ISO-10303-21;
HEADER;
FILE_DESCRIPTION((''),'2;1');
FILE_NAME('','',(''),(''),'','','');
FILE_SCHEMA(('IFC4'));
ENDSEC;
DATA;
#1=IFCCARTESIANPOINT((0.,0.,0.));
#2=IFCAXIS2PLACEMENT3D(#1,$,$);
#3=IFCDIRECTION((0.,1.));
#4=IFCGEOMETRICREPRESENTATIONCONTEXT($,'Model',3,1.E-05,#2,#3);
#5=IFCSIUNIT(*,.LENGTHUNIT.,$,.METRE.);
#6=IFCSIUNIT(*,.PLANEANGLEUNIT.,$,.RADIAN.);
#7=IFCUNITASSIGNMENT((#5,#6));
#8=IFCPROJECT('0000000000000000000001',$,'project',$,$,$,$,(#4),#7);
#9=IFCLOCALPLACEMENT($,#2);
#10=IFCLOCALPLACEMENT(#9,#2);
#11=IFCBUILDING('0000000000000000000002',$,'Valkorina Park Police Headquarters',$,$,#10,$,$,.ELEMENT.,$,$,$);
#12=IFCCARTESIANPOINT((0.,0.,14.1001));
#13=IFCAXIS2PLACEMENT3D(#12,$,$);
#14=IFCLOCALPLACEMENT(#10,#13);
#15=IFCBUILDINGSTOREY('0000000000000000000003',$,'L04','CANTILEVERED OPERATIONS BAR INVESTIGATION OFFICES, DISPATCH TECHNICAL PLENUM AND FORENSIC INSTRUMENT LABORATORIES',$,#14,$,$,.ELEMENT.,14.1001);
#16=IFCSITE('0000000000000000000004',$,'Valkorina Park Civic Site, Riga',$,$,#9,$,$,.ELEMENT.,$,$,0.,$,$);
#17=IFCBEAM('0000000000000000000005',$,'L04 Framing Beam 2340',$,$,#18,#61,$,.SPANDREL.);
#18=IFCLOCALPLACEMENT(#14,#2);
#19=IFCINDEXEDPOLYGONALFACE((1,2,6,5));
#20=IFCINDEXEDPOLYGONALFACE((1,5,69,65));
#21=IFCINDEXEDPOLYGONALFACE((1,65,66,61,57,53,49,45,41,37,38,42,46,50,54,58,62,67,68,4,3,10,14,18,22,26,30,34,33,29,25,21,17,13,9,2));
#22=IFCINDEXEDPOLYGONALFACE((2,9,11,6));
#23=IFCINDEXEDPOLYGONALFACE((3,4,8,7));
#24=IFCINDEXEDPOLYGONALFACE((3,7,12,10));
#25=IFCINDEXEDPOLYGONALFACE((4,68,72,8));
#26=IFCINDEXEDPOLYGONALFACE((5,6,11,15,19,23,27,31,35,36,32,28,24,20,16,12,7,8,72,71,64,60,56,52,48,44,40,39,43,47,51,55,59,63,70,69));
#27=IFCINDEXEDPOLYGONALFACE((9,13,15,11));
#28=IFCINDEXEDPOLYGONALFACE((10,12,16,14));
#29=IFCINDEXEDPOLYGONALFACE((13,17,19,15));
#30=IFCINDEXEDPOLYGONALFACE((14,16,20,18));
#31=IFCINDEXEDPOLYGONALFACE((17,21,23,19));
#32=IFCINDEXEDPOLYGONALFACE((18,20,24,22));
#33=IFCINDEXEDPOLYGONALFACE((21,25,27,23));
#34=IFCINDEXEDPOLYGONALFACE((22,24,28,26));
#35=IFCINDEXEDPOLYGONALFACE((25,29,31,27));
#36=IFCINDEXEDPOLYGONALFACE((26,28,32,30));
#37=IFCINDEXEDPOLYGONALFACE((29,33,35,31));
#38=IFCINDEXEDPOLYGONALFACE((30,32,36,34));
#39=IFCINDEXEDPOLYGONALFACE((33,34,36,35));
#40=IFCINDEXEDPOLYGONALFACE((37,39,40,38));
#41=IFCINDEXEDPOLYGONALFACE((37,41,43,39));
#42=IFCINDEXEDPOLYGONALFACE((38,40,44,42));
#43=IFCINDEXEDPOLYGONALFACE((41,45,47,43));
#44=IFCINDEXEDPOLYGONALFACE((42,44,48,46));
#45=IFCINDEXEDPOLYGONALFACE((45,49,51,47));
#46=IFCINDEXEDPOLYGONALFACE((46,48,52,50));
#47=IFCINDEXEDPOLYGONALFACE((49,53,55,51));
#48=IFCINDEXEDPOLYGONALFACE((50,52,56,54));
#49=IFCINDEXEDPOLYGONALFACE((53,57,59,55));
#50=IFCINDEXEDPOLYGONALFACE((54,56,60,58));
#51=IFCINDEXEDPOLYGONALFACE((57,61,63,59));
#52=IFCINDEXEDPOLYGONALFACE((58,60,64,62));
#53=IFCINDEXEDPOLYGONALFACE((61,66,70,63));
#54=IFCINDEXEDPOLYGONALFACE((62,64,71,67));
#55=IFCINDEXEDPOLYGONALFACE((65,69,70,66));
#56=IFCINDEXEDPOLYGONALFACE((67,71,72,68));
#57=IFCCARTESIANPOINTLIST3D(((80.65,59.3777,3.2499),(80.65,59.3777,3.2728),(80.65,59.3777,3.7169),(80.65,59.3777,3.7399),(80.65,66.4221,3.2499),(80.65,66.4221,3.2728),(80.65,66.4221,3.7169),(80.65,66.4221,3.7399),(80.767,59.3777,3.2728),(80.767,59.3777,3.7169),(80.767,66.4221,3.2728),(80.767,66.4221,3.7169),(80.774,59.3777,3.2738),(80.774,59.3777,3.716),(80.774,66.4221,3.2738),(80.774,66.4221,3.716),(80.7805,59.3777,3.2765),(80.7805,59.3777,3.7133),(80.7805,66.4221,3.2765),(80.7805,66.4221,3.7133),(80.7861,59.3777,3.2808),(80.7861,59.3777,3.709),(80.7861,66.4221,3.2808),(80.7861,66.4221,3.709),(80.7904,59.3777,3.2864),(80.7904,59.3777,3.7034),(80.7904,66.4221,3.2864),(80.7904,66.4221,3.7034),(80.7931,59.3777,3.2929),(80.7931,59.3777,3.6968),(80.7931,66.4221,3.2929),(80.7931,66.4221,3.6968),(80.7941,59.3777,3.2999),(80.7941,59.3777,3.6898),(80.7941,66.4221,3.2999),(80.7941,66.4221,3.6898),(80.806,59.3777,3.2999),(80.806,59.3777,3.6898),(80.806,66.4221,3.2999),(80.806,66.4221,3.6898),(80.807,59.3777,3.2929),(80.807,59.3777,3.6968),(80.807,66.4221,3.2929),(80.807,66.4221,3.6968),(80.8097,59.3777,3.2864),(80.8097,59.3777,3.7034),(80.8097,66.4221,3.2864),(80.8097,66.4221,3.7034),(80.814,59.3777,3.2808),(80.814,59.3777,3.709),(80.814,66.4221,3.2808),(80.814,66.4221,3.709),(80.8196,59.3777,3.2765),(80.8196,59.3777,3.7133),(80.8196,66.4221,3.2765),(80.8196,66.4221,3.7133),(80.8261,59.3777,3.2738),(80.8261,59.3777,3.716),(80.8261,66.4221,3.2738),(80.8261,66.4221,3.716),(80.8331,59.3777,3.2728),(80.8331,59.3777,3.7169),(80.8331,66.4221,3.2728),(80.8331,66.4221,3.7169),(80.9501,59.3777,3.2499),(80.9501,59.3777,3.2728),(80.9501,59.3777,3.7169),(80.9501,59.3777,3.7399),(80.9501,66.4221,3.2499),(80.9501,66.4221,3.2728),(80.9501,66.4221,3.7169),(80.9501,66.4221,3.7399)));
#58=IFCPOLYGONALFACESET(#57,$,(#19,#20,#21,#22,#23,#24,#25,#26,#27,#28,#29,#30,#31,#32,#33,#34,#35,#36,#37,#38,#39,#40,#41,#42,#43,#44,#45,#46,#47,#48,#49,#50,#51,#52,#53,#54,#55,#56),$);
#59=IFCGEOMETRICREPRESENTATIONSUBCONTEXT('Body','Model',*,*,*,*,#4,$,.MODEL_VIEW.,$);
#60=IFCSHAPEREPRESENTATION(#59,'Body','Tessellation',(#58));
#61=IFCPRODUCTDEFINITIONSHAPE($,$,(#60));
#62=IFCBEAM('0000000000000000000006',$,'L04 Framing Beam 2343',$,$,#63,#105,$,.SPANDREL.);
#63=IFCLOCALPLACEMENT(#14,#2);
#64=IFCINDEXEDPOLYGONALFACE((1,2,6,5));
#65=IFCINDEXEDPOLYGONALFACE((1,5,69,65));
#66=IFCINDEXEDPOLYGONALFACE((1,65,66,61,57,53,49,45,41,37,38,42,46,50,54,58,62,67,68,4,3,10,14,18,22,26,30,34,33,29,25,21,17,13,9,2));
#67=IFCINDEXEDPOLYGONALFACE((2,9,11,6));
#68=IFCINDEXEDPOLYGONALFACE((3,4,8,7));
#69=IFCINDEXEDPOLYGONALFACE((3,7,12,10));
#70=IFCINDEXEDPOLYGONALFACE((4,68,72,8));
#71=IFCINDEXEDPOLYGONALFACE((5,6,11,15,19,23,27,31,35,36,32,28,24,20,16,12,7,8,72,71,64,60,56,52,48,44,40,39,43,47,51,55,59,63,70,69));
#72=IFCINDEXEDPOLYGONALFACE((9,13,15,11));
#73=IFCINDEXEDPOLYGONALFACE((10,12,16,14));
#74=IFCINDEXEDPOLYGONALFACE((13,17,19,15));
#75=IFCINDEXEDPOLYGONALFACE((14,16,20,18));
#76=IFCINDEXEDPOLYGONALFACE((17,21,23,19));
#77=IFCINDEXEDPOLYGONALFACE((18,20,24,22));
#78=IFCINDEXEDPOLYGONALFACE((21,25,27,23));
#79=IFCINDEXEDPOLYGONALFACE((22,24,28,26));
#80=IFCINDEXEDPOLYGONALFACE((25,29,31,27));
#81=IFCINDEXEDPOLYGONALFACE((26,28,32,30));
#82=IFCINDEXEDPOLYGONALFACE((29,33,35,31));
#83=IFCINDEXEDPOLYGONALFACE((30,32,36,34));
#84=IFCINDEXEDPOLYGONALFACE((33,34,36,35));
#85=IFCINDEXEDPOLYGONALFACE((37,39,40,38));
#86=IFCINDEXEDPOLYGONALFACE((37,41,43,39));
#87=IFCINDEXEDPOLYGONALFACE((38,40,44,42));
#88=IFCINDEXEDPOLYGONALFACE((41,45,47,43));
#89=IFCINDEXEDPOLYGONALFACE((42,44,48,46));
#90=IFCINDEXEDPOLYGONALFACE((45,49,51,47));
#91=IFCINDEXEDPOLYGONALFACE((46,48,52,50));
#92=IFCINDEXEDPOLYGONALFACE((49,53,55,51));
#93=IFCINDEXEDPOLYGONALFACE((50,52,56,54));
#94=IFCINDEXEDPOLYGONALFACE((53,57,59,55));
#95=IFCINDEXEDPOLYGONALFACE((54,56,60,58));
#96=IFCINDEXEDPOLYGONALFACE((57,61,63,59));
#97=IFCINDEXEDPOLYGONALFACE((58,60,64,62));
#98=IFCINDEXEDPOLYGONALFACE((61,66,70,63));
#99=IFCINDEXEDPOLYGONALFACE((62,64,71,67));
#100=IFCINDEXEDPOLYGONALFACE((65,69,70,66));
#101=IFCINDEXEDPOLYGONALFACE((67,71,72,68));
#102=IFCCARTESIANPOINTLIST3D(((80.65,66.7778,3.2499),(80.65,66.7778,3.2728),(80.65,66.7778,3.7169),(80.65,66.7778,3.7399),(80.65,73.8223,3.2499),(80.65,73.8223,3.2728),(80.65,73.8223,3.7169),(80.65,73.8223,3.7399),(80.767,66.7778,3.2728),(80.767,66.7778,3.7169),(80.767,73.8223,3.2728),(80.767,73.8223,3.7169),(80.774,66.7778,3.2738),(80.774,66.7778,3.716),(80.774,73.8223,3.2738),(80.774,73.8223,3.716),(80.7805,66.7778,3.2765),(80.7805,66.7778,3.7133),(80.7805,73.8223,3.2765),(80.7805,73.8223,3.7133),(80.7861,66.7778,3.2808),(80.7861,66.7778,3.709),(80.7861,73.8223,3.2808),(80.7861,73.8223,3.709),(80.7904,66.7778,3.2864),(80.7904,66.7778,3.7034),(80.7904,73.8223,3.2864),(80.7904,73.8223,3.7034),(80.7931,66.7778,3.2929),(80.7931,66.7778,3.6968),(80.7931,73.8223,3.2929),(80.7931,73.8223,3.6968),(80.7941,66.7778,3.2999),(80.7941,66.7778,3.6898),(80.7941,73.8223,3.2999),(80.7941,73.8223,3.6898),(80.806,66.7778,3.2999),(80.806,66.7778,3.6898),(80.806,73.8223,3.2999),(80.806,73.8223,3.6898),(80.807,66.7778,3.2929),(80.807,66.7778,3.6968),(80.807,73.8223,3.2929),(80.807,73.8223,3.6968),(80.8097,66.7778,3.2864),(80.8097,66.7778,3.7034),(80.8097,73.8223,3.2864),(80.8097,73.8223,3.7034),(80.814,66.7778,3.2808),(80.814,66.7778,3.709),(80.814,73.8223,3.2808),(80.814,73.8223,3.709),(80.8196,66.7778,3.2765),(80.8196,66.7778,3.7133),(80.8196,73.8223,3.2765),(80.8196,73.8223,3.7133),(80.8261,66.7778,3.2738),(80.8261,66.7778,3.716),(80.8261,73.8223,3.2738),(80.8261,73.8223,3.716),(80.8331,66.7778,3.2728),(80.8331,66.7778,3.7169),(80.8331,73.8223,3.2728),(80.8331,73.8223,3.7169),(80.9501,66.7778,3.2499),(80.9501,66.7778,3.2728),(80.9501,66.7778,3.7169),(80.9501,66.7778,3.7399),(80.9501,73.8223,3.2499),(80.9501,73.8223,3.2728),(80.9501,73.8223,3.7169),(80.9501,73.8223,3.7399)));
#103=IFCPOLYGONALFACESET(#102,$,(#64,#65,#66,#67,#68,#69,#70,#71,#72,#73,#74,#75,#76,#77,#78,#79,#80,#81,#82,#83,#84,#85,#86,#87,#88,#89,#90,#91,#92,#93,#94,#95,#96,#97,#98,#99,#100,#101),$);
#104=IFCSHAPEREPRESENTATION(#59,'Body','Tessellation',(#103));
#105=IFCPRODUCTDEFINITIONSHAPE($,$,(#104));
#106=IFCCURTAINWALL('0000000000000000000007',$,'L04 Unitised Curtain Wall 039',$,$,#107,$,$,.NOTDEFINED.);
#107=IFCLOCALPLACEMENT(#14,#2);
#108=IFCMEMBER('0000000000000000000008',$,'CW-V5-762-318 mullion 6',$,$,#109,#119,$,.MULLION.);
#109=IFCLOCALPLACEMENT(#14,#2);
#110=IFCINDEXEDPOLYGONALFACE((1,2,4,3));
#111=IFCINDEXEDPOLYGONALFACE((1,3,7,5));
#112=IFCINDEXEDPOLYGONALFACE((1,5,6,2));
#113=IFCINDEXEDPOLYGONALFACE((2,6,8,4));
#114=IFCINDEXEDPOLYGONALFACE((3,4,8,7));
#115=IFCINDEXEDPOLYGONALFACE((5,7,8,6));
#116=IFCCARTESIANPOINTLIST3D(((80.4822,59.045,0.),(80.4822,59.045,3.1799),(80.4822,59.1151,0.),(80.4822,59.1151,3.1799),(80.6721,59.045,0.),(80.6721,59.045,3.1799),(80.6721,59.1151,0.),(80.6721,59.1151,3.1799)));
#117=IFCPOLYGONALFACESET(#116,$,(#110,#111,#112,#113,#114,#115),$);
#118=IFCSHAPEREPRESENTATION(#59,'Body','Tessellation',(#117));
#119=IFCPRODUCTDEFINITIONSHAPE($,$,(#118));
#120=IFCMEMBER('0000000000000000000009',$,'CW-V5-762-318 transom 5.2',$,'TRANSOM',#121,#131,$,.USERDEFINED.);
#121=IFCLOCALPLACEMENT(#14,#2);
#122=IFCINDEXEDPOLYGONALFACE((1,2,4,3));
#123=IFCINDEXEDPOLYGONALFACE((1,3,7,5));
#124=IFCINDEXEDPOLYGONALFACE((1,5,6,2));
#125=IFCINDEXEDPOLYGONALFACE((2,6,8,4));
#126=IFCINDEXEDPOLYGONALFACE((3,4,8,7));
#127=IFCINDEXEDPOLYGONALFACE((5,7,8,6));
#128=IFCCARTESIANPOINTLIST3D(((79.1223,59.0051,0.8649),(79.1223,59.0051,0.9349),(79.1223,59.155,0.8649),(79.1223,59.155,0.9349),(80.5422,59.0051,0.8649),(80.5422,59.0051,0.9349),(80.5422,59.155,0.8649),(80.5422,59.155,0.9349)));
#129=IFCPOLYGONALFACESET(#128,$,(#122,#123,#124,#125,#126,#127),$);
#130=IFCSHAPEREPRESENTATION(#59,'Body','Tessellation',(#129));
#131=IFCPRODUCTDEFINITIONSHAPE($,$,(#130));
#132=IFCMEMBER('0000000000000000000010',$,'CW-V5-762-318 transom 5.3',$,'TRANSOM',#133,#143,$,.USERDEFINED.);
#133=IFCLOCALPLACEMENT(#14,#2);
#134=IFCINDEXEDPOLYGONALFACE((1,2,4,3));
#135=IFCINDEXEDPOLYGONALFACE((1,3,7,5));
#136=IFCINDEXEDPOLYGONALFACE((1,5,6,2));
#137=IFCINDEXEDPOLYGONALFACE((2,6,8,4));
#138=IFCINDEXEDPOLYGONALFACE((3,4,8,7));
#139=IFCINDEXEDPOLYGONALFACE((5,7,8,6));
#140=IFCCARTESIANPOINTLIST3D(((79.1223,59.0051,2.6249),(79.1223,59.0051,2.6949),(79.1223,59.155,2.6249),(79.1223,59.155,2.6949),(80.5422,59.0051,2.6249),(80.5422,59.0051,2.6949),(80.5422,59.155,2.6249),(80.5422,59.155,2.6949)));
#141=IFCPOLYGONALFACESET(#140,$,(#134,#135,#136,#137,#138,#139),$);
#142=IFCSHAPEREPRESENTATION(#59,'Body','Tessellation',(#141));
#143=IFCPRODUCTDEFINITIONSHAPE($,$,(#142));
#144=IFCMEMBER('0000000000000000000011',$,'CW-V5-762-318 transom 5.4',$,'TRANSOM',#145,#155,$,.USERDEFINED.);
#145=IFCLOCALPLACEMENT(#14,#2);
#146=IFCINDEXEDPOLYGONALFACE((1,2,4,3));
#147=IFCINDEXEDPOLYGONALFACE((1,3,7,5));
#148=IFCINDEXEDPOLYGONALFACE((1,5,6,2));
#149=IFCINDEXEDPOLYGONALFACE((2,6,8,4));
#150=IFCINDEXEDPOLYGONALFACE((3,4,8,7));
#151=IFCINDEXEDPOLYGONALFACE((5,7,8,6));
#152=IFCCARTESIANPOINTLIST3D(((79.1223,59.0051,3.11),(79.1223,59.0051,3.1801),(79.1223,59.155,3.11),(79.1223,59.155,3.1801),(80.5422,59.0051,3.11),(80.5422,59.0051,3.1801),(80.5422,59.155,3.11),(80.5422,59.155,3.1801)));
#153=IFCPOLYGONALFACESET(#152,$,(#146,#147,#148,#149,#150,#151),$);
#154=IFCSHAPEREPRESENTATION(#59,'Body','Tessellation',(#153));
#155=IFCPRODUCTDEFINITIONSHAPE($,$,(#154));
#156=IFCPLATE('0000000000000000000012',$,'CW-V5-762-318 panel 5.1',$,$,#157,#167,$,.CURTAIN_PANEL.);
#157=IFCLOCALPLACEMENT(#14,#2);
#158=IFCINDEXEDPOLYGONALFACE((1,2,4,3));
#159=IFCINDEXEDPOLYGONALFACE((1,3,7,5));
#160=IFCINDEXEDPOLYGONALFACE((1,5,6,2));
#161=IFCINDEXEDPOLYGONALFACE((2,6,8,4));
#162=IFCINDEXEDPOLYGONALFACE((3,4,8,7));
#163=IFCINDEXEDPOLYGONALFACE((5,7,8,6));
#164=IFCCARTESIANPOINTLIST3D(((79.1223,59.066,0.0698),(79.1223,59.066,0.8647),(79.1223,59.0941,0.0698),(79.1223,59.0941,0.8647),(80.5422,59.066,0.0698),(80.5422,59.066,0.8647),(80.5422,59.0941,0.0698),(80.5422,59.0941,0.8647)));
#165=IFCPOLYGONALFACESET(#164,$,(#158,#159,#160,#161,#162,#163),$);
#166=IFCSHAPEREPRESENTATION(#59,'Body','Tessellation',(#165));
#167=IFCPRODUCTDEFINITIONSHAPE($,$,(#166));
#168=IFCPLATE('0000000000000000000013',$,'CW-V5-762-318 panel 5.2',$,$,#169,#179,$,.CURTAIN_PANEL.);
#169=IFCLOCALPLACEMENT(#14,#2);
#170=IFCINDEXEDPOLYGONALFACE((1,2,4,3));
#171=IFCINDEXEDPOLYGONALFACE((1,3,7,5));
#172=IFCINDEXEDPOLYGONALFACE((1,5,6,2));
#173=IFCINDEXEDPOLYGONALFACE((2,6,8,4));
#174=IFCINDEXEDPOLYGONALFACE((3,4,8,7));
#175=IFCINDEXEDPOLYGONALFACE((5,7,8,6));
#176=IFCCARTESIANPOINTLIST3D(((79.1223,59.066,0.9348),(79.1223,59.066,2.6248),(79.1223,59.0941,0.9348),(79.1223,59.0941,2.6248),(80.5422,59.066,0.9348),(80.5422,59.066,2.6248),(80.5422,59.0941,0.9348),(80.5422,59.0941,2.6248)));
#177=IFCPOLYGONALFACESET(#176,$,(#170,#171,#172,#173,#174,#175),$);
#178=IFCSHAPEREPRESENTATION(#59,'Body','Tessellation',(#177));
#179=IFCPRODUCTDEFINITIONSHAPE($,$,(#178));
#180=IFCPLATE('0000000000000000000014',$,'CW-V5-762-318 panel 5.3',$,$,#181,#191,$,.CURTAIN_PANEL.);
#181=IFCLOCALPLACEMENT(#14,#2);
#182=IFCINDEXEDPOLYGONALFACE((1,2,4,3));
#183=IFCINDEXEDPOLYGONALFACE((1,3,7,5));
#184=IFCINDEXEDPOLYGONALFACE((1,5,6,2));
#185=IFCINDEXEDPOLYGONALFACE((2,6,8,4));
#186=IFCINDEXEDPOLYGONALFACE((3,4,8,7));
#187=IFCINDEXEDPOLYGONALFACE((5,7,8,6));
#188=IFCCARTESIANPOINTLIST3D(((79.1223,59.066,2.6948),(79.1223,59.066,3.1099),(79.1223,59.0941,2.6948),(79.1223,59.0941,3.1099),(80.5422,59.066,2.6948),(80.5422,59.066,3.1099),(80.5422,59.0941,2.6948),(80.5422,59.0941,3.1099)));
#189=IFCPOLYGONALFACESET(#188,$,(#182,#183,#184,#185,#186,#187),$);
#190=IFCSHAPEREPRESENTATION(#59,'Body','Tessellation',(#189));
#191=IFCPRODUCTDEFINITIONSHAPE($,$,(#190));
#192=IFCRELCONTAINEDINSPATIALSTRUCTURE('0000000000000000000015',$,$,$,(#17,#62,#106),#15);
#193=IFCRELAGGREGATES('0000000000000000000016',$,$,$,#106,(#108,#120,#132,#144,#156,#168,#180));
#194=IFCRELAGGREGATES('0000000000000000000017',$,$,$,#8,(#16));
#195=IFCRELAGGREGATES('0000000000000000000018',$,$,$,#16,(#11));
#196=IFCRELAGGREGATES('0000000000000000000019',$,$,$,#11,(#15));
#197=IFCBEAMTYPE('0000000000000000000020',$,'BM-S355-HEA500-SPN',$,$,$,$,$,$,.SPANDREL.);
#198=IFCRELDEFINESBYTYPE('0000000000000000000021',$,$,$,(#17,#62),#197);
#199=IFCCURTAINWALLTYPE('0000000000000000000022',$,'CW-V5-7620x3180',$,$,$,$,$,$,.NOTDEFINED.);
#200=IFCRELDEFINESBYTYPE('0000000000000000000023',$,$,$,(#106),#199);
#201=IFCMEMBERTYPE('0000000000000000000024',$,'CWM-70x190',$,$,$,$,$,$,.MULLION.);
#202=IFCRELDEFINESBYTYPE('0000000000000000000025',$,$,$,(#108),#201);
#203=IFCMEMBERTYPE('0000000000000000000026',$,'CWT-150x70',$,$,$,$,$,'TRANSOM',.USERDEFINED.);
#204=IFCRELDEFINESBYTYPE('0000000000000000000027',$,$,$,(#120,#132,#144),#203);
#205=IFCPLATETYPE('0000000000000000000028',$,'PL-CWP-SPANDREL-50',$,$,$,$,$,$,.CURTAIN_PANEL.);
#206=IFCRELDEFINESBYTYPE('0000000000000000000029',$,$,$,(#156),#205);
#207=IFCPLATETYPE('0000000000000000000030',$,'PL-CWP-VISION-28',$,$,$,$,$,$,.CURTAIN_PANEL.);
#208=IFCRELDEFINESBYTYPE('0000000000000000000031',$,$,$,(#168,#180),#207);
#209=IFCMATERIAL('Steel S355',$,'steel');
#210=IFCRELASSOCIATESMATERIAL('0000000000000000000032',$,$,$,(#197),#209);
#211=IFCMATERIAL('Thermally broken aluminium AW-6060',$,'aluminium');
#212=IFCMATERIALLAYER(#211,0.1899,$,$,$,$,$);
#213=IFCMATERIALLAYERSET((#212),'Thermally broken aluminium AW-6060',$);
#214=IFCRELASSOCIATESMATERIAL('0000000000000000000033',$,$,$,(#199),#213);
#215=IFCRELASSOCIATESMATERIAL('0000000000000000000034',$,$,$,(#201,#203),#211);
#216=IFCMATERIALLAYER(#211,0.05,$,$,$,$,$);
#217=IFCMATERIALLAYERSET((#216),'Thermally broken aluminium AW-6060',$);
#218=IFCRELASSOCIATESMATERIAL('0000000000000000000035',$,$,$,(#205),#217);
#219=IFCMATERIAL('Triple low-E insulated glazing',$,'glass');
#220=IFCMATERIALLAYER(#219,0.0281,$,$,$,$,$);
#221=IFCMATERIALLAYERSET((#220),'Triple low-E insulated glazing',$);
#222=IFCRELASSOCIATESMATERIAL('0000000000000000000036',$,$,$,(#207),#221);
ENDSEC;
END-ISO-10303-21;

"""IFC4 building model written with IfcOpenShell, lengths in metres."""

from ifc_helpers import new_model, si_unit, direction, frame, origin, origin_2d, place, context, subcontext, project, spatial, rectangle, i_section, extrude, material, layer, layer_set, material_profile, profile_set, type_object, element, aggregate, save


model = new_model("IFC4")

# Units and contexts
model_context = context("Model", 3, precision=1e-05, world=origin(), true_north=direction((0.0, 1.0)))
body_context = subcontext(model_context, "Body", "Model", "MODEL_VIEW")
ifc_project = project(units=[si_unit("LENGTHUNIT", "METRE"), si_unit("PLANEANGLEUNIT", "RADIAN")], contexts=[model_context])

# Site, building, storey
site_placement = place(None, origin())
site = spatial("IfcSite", under=ifc_project, at=site_placement, Name="Valkorina Park Civic Site, Riga", CompositionType="ELEMENT", RefElevation=0.0)
building_placement = place(site_placement, origin())
building = spatial("IfcBuilding", under=site, at=building_placement, Name="Valkorina Park Police Headquarters", CompositionType="ELEMENT")
storey_placement = place(building_placement, frame((0.0, 0.0, 14.1001)))
storey = spatial("IfcBuildingStorey", under=building, at=storey_placement, Name="L04", Description="CANTILEVERED OPERATIONS BAR INVESTIGATION OFFICES, DISPATCH TECHNICAL PLENUM AND FORENSIC INSTRUMENT LABORATORIES", CompositionType="ELEMENT", Elevation=14.1001)

# Shared definitions
ifc_material_1 = material(Name="Steel S355", Category="steel")

# Beams
ifc_material_profile_1 = material_profile(ifc_material_1, i_section(OverallWidth=0.3, OverallDepth=0.49, WebThickness=0.012, FlangeThickness=0.0229, FilletRadius=0.0271, at=origin_2d()), Name="HEA 500")
ifc_profile_set_1 = profile_set([ifc_material_profile_1], Name="Steel S355")
beam_type = type_object("IfcBeamType", Name="BM-S355-HEA500-SPN", PredefinedType="SPANDREL", material=ifc_profile_set_1)
for number, where, z_axis, x_axis, name in (
    (1, (80.8, 59.3777, 3.4949), (0.0, 1.0, 0.0), (-1.0, 0.0, 0.0), "L04 Framing Beam 2340"),
    (2, (80.8, 66.7778, 3.4949), (0.0, 1.0, 0.0), (-1.0, 0.0, 0.0), "L04 Framing Beam 2343"),
):
    element("IfcBeam", number, at=place(storey_placement, frame(where, z_axis=z_axis, x_axis=x_axis)), inside=storey, type_object=beam_type, Name=name, PredefinedType="SPANDREL", context=body_context, shape_type="SweptSolid", body=[
        extrude(i_section(OverallWidth=0.3, OverallDepth=0.49, WebThickness=0.012, FlangeThickness=0.0229, FilletRadius=0.0271, at=origin_2d()), origin(), (0.0, 0.0, 1.0), 7.0444),
    ])

# Curtain wall, members, plates
ifc_material_2 = material(Name="Thermally broken aluminium AW-6060", Category="aluminium")
ifc_layer_1 = layer(ifc_material_2, 0.1899)
ifc_layer_set_1 = layer_set([ifc_layer_1], Name="Thermally broken aluminium AW-6060")
curtain_wall_type = type_object("IfcCurtainWallType", Name="CW-V5-7620x3180", PredefinedType="NOTDEFINED", material=ifc_layer_set_1)
curtain_wall_placement = place(storey_placement, origin())
curtain_wall = element("IfcCurtainWall", 3, at=curtain_wall_placement, inside=storey, type_object=curtain_wall_type, Name="L04 Unitised Curtain Wall 039", PredefinedType="NOTDEFINED")
ifc_material_profile_2 = material_profile(ifc_material_2, rectangle(XDim=0.0701, YDim=0.1899, at=origin_2d()), Name="CWM-02 70x190")
ifc_profile_set_2 = profile_set([ifc_material_profile_2], Name="Thermally broken aluminium AW-6060")
member_type_1 = type_object("IfcMemberType", Name="CWM-70x190", PredefinedType="MULLION", material=ifc_profile_set_2)
member_1_placement = place(storey_placement, frame((80.5771, 59.0801, 0.0), z_axis=(0.0, 0.0, 1.0), x_axis=(0.0, 1.0, 0.0)))
member_1 = element("IfcMember", 4, at=member_1_placement, type_object=member_type_1, Name="CW-V5-762-318 mullion 6", PredefinedType="MULLION", context=body_context, shape_type="SweptSolid", body=[
    extrude(rectangle(XDim=0.0701, YDim=0.1899, at=origin_2d()), origin(), (0.0, 0.0, 1.0), 3.1799),
])
ifc_material_profile_3 = material_profile(ifc_material_2, rectangle(XDim=0.1499, YDim=0.0701, at=origin_2d()), Name="CWT-02 150x70")
ifc_profile_set_3 = profile_set([ifc_material_profile_3], Name="Thermally broken aluminium AW-6060")
member_type_2 = type_object("IfcMemberType", Name="CWT-150x70", ElementType="TRANSOM", PredefinedType="USERDEFINED", material=ifc_profile_set_3)
member_2_placement = place(storey_placement, frame((79.1223, 59.0801, 0.8999), z_axis=(1.0, 0.0, 0.0), x_axis=(0.0, 1.0, 0.0)))
member_2 = element("IfcMember", 5, at=member_2_placement, type_object=member_type_2, Name="CW-V5-762-318 transom 5.2", ObjectType="TRANSOM", PredefinedType="USERDEFINED", context=body_context, shape_type="SweptSolid", body=[
    extrude(rectangle(XDim=0.1499, YDim=0.0701, at=origin_2d()), origin(), (0.0, 0.0, 1.0), 1.4199),
])
member_3_placement = place(storey_placement, frame((79.1223, 59.0801, 2.6599), z_axis=(1.0, 0.0, 0.0), x_axis=(0.0, 1.0, 0.0)))
member_3 = element("IfcMember", 6, at=member_3_placement, type_object=member_type_2, Name="CW-V5-762-318 transom 5.3", ObjectType="TRANSOM", PredefinedType="USERDEFINED", context=body_context, shape_type="SweptSolid", body=[
    extrude(rectangle(XDim=0.1499, YDim=0.0701, at=origin_2d()), origin(), (0.0, 0.0, 1.0), 1.4199),
])
member_4_placement = place(storey_placement, frame((79.1223, 59.0801, 3.145), z_axis=(1.0, 0.0, 0.0), x_axis=(0.0, 1.0, 0.0)))
member_4 = element("IfcMember", 7, at=member_4_placement, type_object=member_type_2, Name="CW-V5-762-318 transom 5.4", ObjectType="TRANSOM", PredefinedType="USERDEFINED", context=body_context, shape_type="SweptSolid", body=[
    extrude(rectangle(XDim=0.1499, YDim=0.0701, at=origin_2d()), origin(), (0.0, 0.0, 1.0), 1.4199),
])
ifc_layer_2 = layer(ifc_material_2, 0.05)
ifc_layer_set_2 = layer_set([ifc_layer_2], Name="Thermally broken aluminium AW-6060")
plate_type_1 = type_object("IfcPlateType", Name="PL-CWP-SPANDREL-50", PredefinedType="CURTAIN_PANEL", material=ifc_layer_set_2)
plate_1_placement = place(storey_placement, frame((79.8323, 59.0801, 0.0698), z_axis=(0.0, 0.0, 1.0), x_axis=(1.0, 0.0, 0.0)))
plate_1 = element("IfcPlate", 8, at=plate_1_placement, type_object=plate_type_1, Name="CW-V5-762-318 panel 5.1", PredefinedType="CURTAIN_PANEL", context=body_context, shape_type="SweptSolid", body=[
    extrude(rectangle(XDim=1.4199, YDim=0.0281, at=origin_2d()), origin(), (0.0, 0.0, 1.0), 0.7949),
])
ifc_material_3 = material(Name="Triple low-E insulated glazing", Category="glass")
ifc_layer_3 = layer(ifc_material_3, 0.0281)
ifc_layer_set_3 = layer_set([ifc_layer_3], Name="Triple low-E insulated glazing")
plate_type_2 = type_object("IfcPlateType", Name="PL-CWP-VISION-28", PredefinedType="CURTAIN_PANEL", material=ifc_layer_set_3)
plate_2_placement = place(storey_placement, frame((79.8323, 59.0801, 0.9348), z_axis=(0.0, 0.0, 1.0), x_axis=(1.0, 0.0, 0.0)))
plate_2 = element("IfcPlate", 9, at=plate_2_placement, type_object=plate_type_2, Name="CW-V5-762-318 panel 5.2", PredefinedType="CURTAIN_PANEL", context=body_context, shape_type="SweptSolid", body=[
    extrude(rectangle(XDim=1.4199, YDim=0.0281, at=origin_2d()), origin(), (0.0, 0.0, 1.0), 1.6899),
])
plate_3_placement = place(storey_placement, frame((79.8323, 59.0801, 2.6948), z_axis=(0.0, 0.0, 1.0), x_axis=(1.0, 0.0, 0.0)))
plate_3 = element("IfcPlate", 10, at=plate_3_placement, type_object=plate_type_2, Name="CW-V5-762-318 panel 5.3", PredefinedType="CURTAIN_PANEL", context=body_context, shape_type="SweptSolid", body=[
    extrude(rectangle(XDim=1.4199, YDim=0.0281, at=origin_2d()), origin(), (0.0, 0.0, 1.0), 0.415),
])
aggregate(curtain_wall, [member_1, member_2, member_3, member_4, plate_1, plate_2, plate_3])

save(model, "model.ifc")
